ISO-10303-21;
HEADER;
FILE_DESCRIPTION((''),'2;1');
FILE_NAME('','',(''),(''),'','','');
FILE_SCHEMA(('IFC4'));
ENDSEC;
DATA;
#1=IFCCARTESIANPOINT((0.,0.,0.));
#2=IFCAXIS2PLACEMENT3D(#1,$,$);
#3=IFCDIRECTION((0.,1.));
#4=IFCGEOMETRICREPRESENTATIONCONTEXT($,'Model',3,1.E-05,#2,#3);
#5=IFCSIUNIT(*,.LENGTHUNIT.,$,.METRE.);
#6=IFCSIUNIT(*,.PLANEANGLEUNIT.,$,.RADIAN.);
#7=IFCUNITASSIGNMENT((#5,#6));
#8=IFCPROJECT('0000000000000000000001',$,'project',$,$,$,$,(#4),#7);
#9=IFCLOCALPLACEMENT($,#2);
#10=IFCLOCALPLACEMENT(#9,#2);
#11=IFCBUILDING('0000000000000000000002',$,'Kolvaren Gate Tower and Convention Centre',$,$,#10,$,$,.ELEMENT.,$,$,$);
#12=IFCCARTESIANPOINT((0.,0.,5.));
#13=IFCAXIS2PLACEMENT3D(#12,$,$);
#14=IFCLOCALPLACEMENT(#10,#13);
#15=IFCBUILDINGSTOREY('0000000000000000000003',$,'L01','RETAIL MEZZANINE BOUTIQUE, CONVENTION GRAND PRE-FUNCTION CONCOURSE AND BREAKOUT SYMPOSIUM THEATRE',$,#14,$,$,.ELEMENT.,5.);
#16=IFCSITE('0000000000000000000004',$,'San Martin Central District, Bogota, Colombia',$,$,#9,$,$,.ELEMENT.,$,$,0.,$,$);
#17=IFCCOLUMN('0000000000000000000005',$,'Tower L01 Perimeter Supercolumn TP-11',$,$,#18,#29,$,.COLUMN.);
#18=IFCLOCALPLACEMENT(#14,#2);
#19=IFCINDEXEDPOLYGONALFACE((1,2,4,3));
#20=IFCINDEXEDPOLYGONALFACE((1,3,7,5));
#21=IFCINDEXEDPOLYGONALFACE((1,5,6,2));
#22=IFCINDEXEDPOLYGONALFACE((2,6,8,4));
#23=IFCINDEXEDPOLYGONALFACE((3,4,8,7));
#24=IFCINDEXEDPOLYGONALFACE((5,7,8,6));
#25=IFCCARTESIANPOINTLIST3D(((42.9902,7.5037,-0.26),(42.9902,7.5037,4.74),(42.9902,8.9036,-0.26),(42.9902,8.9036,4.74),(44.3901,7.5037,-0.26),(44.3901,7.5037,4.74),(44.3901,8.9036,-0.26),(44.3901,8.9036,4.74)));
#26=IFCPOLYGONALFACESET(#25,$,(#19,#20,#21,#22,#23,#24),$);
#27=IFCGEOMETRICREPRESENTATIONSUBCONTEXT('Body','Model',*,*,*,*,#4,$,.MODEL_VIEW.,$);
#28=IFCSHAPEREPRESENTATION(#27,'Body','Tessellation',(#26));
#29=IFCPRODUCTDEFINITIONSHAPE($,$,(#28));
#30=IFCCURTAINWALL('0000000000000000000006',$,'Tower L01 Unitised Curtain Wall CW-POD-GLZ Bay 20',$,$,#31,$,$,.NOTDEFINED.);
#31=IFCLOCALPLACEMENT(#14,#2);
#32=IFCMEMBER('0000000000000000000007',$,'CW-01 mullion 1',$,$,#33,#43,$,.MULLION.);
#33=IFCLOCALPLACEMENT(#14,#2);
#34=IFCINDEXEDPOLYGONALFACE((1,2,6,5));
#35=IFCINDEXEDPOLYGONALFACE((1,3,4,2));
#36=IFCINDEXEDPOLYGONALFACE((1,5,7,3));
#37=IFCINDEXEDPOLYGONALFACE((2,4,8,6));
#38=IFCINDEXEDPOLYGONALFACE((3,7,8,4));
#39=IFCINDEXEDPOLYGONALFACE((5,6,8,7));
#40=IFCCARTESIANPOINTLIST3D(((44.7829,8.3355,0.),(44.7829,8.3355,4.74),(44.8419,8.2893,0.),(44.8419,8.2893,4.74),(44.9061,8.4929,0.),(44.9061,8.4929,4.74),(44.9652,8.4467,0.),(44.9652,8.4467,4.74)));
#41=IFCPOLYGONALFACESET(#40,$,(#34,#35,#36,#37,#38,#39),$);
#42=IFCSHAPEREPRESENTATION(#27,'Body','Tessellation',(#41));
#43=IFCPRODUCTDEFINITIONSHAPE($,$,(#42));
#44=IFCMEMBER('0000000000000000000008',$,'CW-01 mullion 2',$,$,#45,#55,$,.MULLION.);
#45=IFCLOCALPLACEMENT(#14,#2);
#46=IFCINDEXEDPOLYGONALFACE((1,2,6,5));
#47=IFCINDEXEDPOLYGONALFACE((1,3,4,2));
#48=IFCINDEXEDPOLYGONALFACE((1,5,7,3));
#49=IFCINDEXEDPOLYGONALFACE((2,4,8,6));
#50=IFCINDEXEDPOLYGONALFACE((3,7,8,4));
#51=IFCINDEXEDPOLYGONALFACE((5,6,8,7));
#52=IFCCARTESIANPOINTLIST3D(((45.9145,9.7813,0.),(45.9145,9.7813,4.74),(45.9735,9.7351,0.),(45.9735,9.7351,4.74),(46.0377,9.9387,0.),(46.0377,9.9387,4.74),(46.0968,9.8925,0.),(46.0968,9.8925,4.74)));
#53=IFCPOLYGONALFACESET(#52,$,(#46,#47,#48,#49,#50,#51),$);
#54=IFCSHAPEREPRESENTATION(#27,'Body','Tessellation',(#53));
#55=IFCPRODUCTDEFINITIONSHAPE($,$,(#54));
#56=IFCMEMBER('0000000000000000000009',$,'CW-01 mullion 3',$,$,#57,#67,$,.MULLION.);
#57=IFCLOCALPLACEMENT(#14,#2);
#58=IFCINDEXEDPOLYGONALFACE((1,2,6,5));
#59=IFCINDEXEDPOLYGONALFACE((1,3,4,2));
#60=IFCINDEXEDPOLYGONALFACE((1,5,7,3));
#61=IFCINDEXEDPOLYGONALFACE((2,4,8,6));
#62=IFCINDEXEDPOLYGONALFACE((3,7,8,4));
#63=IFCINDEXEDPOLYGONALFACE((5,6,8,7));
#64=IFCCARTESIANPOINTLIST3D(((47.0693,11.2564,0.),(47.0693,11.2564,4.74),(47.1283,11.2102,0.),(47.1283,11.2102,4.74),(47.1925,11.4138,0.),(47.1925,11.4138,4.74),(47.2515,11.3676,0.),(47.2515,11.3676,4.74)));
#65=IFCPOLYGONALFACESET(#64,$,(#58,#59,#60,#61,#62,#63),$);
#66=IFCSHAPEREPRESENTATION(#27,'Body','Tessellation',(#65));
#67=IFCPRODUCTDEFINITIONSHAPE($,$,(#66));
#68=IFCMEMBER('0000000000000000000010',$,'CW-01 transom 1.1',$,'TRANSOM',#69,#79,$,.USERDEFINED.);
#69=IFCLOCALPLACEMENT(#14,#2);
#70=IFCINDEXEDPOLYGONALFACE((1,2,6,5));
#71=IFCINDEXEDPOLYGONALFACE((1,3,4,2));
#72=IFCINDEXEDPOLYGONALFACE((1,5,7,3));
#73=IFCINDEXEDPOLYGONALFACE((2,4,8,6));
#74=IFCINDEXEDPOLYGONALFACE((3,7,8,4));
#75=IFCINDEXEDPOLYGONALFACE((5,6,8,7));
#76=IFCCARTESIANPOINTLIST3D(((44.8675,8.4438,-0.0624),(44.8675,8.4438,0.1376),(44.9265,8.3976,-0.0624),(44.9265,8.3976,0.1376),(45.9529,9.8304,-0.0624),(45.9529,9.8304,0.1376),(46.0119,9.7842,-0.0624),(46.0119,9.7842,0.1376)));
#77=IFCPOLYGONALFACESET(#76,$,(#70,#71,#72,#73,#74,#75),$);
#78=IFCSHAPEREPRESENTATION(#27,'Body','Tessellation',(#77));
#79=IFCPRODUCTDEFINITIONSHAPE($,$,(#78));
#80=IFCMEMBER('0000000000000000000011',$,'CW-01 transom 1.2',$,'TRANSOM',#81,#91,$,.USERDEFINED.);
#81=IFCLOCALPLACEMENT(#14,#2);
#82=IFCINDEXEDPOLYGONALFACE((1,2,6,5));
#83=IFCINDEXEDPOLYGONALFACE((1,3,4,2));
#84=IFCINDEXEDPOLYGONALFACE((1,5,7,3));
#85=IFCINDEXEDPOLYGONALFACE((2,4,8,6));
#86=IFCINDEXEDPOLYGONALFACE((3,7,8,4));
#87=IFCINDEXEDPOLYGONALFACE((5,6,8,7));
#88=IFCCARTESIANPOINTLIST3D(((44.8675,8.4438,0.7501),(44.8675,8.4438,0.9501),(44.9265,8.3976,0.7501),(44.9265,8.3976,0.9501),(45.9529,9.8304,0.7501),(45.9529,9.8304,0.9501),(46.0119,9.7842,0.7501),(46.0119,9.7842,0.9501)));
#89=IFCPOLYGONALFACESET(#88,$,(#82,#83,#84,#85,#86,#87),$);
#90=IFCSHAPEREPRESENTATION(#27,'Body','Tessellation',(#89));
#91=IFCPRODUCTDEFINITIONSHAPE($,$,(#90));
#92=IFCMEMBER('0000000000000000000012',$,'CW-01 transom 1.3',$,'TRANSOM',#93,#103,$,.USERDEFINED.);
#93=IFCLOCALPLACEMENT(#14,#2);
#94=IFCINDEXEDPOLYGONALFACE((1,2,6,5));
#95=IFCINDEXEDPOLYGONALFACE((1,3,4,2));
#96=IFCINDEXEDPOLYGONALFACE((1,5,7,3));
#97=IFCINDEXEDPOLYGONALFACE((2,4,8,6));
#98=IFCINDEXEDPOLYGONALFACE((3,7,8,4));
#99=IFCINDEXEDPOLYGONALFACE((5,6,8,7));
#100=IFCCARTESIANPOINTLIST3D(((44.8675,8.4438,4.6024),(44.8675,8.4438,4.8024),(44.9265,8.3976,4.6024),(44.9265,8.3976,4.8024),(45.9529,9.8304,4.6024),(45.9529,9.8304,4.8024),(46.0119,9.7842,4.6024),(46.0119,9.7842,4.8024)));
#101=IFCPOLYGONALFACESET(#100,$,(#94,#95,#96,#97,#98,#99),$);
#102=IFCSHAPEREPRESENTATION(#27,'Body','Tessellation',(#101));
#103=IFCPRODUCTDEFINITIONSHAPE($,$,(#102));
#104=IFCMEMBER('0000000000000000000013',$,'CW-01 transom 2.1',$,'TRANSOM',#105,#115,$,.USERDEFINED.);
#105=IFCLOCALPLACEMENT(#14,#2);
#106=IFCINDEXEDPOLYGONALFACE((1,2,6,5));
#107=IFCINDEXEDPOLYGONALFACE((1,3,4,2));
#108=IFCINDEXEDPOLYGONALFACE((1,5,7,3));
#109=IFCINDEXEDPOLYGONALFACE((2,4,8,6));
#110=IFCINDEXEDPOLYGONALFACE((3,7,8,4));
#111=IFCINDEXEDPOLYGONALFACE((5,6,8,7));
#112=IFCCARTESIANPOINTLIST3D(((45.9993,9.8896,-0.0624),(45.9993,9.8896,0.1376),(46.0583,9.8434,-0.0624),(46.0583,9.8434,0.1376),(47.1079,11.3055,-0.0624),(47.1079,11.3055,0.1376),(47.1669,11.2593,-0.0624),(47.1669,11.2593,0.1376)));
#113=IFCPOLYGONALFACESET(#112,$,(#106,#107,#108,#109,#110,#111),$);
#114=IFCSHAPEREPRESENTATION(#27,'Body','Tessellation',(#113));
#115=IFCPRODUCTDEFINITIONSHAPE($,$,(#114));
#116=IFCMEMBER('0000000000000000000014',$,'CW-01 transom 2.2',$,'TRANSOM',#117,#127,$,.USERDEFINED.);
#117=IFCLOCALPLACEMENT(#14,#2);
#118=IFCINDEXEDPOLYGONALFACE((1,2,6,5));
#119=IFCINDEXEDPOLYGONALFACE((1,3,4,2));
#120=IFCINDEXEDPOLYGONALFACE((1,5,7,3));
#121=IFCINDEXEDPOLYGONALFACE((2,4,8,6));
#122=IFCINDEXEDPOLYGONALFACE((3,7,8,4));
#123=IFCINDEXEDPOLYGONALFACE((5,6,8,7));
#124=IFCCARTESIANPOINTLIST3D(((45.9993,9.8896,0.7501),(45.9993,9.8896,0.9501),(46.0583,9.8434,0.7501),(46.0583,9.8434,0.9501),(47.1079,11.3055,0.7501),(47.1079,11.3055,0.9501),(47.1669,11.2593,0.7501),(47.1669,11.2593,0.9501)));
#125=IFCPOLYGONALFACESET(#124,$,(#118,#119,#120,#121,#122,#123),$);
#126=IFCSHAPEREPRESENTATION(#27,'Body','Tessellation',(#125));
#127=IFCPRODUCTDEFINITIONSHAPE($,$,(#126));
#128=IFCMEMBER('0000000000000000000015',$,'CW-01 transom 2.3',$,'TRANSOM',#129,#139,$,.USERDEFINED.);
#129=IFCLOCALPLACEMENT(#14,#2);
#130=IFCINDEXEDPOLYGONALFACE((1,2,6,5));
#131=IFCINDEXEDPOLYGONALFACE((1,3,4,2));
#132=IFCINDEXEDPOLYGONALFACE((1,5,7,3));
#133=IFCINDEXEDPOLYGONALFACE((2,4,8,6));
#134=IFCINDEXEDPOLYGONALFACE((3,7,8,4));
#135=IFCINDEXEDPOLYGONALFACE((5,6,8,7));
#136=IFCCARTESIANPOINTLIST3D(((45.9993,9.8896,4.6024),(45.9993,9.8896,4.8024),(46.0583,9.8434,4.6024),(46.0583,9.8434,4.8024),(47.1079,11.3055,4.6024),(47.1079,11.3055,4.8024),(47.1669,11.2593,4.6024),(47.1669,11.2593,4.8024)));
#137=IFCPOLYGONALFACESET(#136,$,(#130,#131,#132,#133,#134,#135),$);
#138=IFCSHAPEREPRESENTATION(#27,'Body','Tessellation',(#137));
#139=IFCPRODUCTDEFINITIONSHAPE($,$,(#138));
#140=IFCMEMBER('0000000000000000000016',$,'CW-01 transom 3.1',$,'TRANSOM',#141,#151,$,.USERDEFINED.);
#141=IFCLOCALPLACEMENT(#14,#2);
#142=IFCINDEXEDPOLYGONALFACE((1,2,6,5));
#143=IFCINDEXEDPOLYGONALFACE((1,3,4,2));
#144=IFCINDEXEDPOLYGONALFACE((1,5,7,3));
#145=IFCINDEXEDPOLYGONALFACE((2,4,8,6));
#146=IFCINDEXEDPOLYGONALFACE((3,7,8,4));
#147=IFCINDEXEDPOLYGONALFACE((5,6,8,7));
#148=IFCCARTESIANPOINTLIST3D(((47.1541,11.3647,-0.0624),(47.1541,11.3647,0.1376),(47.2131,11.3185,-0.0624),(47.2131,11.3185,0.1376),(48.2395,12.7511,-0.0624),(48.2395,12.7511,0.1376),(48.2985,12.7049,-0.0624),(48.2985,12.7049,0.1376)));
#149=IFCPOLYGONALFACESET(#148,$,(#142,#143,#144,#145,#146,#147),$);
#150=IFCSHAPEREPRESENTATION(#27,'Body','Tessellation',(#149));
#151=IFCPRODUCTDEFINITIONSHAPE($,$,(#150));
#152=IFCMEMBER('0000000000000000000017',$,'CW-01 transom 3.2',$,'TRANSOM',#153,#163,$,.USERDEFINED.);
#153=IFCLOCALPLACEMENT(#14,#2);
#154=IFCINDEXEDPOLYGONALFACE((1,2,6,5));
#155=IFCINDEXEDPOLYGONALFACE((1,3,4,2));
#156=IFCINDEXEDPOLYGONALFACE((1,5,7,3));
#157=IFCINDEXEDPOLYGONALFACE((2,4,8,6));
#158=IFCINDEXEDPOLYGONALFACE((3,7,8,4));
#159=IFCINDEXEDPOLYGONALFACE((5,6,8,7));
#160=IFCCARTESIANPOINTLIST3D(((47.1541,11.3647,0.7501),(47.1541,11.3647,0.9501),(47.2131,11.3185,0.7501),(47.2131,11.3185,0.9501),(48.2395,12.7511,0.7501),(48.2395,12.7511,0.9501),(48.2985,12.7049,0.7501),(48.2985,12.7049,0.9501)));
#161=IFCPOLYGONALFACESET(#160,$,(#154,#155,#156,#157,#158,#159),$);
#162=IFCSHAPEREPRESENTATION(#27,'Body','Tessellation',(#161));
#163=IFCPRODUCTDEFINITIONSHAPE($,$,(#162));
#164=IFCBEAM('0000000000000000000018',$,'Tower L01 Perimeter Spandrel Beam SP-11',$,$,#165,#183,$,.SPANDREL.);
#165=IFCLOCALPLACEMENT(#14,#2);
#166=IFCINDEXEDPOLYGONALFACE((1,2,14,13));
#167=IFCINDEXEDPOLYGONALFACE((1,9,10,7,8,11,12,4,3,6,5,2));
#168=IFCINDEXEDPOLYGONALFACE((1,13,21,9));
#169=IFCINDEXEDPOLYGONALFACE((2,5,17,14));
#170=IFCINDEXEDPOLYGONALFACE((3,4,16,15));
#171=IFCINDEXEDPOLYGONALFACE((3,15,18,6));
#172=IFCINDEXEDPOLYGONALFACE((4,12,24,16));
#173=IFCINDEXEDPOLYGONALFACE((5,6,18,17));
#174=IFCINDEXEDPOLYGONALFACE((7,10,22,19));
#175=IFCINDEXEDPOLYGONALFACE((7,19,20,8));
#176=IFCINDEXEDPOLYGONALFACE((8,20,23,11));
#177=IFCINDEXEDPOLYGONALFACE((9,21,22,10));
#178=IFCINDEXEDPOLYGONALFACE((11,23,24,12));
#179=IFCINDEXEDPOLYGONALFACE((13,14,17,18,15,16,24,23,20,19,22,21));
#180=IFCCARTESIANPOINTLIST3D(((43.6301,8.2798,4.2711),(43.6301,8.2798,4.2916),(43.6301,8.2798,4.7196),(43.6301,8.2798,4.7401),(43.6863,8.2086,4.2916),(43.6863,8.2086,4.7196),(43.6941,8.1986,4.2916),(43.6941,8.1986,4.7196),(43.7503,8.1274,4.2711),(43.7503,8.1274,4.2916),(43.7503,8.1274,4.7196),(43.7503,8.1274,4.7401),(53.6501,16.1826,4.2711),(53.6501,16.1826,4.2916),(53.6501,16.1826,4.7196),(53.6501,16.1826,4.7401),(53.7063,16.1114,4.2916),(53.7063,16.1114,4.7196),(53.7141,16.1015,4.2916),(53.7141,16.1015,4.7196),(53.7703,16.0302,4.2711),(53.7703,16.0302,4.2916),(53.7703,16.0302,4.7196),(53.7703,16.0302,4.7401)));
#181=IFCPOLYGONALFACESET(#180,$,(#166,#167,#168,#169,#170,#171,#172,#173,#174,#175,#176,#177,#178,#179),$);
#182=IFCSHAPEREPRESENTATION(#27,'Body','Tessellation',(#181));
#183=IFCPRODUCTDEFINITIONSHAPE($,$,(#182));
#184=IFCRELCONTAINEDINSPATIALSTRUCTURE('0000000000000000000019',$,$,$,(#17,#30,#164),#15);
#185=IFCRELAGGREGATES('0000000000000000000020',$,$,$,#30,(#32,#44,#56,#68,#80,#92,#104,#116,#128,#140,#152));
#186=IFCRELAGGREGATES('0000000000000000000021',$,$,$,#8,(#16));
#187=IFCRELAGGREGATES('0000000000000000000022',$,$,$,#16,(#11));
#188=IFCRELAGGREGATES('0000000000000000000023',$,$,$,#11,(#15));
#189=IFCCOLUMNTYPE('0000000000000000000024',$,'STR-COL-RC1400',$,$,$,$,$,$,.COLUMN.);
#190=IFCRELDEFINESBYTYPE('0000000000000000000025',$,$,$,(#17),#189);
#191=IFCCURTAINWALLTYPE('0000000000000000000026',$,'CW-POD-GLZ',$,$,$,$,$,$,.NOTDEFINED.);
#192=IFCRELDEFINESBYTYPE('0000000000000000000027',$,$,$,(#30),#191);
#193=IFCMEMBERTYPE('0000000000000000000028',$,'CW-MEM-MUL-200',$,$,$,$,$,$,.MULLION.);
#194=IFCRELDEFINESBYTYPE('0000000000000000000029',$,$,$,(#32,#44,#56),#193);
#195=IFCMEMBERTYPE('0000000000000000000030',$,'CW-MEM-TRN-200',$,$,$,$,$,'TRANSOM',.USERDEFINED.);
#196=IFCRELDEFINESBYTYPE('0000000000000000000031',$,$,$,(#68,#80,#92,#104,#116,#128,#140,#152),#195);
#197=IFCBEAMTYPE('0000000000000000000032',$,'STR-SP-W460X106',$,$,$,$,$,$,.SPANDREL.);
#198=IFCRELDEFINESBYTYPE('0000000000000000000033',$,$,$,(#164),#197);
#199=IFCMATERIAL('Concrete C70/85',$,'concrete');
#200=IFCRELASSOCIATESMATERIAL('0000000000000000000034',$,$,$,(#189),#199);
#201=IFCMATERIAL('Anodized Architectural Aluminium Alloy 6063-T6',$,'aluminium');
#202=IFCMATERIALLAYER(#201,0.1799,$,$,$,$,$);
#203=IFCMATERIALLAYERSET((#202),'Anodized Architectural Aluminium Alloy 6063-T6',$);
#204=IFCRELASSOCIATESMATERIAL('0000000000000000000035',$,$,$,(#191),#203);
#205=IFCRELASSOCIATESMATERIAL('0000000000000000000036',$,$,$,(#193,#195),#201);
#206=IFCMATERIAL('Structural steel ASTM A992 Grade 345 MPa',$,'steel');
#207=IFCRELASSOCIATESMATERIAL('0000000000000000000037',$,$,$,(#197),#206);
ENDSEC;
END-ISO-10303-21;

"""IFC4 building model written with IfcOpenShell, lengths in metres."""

from ifc_helpers import new_model, si_unit, direction, frame, origin, origin_2d, place, context, subcontext, project, spatial, rectangle, i_section, extrude, material, layer, layer_set, material_profile, profile_set, type_object, element, aggregate, save


model = new_model("IFC4")

# Units and contexts
model_context = context("Model", 3, precision=1e-05, world=origin(), true_north=direction((0.0, 1.0)))
body_context = subcontext(model_context, "Body", "Model", "MODEL_VIEW")
ifc_project = project(units=[si_unit("LENGTHUNIT", "METRE"), si_unit("PLANEANGLEUNIT", "RADIAN")], contexts=[model_context])

# Site, building, storey
site_placement = place(None, origin())
site = spatial("IfcSite", under=ifc_project, at=site_placement, Name="San Martin Central District, Bogota, Colombia", CompositionType="ELEMENT", RefElevation=0.0)
building_placement = place(site_placement, origin())
building = spatial("IfcBuilding", under=site, at=building_placement, Name="Kolvaren Gate Tower and Convention Centre", CompositionType="ELEMENT")
storey_placement = place(building_placement, frame((0.0, 0.0, 5.0)))
storey = spatial("IfcBuildingStorey", under=building, at=storey_placement, Name="L01", Description="RETAIL MEZZANINE BOUTIQUE, CONVENTION GRAND PRE-FUNCTION CONCOURSE AND BREAKOUT SYMPOSIUM THEATRE", CompositionType="ELEMENT", Elevation=5.0)

# Column
ifc_material_1 = material(Name="Concrete C70/85", Category="concrete")
ifc_material_profile_1 = material_profile(ifc_material_1, rectangle(XDim=1.3999, YDim=1.3999, at=origin_2d()), Name="RC-COL-1400X1400")
ifc_profile_set_1 = profile_set([ifc_material_profile_1], Name="Concrete C70/85")
column_type = type_object("IfcColumnType", Name="STR-COL-RC1400", PredefinedType="COLUMN", material=ifc_profile_set_1)
column_placement = place(storey_placement, frame((43.6902, 8.2036, -0.26), z_axis=(0.0, 0.0, 1.0), x_axis=(1.0, 0.0, 0.0)))
element("IfcColumn", 1, at=column_placement, inside=storey, type_object=column_type, Name="Tower L01 Perimeter Supercolumn TP-11", PredefinedType="COLUMN", context=body_context, shape_type="SweptSolid", body=[
    extrude(rectangle(XDim=1.3999, YDim=1.3999, at=origin_2d()), origin(), (0.0, 0.0, 1.0), 5.0),
])

# Curtain wall, members
ifc_material_2 = material(Name="Anodized Architectural Aluminium Alloy 6063-T6", Category="aluminium")
ifc_layer_1 = layer(ifc_material_2, 0.1799)
ifc_layer_set_1 = layer_set([ifc_layer_1], Name="Anodized Architectural Aluminium Alloy 6063-T6")
curtain_wall_type = type_object("IfcCurtainWallType", Name="CW-POD-GLZ", PredefinedType="NOTDEFINED", material=ifc_layer_set_1)
curtain_wall_placement = place(storey_placement, origin())
curtain_wall = element("IfcCurtainWall", 2, at=curtain_wall_placement, inside=storey, type_object=curtain_wall_type, Name="Tower L01 Unitised Curtain Wall CW-POD-GLZ Bay 20", PredefinedType="NOTDEFINED")
ifc_material_profile_2 = material_profile(ifc_material_2, rectangle(XDim=0.075, YDim=0.2, at=origin_2d()), Name="CW-MEM-MUL-200")
ifc_profile_set_2 = profile_set([ifc_material_profile_2], Name="Anodized Architectural Aluminium Alloy 6063-T6")
member_type_1 = type_object("IfcMemberType", Name="CW-MEM-MUL-200", PredefinedType="MULLION", material=ifc_profile_set_2)
member_1_placement = place(storey_placement, frame((44.874, 8.3911, 0.0), z_axis=(0.0, 0.0, 1.0), x_axis=(-0.787413, 0.616426, 0.0)))
member_1 = element("IfcMember", 3, at=member_1_placement, type_object=member_type_1, Name="CW-01 mullion 1", PredefinedType="MULLION", context=body_context, shape_type="SweptSolid", body=[
    extrude(rectangle(XDim=0.075, YDim=0.2, at=origin_2d()), origin(), (0.0, 0.0, 1.0), 4.74),
])
member_2_placement = place(storey_placement, frame((46.0056, 9.8369, 0.0), z_axis=(0.0, 0.0, 1.0), x_axis=(-0.787413, 0.616426, 0.0)))
member_2 = element("IfcMember", 4, at=member_2_placement, type_object=member_type_1, Name="CW-01 mullion 2", PredefinedType="MULLION", context=body_context, shape_type="SweptSolid", body=[
    extrude(rectangle(XDim=0.075, YDim=0.2, at=origin_2d()), origin(), (0.0, 0.0, 1.0), 4.74),
])
member_3_placement = place(storey_placement, frame((47.1604, 11.312, 0.0), z_axis=(0.0, 0.0, 1.0), x_axis=(-0.787413, 0.616426, 0.0)))
member_3 = element("IfcMember", 5, at=member_3_placement, type_object=member_type_1, Name="CW-01 mullion 3", PredefinedType="MULLION", context=body_context, shape_type="SweptSolid", body=[
    extrude(rectangle(XDim=0.075, YDim=0.2, at=origin_2d()), origin(), (0.0, 0.0, 1.0), 4.74),
])
ifc_material_profile_3 = material_profile(ifc_material_2, rectangle(XDim=0.075, YDim=0.2, at=origin_2d()), Name="CW-MEM-TRN-200")
ifc_profile_set_3 = profile_set([ifc_material_profile_3], Name="Anodized Architectural Aluminium Alloy 6063-T6")
member_type_2 = type_object("IfcMemberType", Name="CW-MEM-TRN-200", ElementType="TRANSOM", PredefinedType="USERDEFINED", material=ifc_profile_set_3)
member_4_placement = place(storey_placement, frame((44.897, 8.4207, 0.0376), z_axis=(0.616376, 0.787452, 0.0), x_axis=(-0.787452, 0.616376, 0.0)))
member_4 = element("IfcMember", 6, at=member_4_placement, type_object=member_type_2, Name="CW-01 transom 1.1", ObjectType="TRANSOM", PredefinedType="USERDEFINED", context=body_context, shape_type="SweptSolid", body=[
    extrude(rectangle(XDim=0.075, YDim=0.2, at=origin_2d()), origin(), (0.0, 0.0, 1.0), 1.761),
])
member_5_placement = place(storey_placement, frame((44.897, 8.4207, 0.8501), z_axis=(0.616376, 0.787452, 0.0), x_axis=(-0.787452, 0.616376, 0.0)))
member_5 = element("IfcMember", 7, at=member_5_placement, type_object=member_type_2, Name="CW-01 transom 1.2", ObjectType="TRANSOM", PredefinedType="USERDEFINED", context=body_context, shape_type="SweptSolid", body=[
    extrude(rectangle(XDim=0.075, YDim=0.2, at=origin_2d()), origin(), (0.0, 0.0, 1.0), 1.761),
])
member_6_placement = place(storey_placement, frame((44.897, 8.4207, 4.7024), z_axis=(0.616376, 0.787452, 0.0), x_axis=(-0.787452, 0.616376, 0.0)))
member_6 = element("IfcMember", 8, at=member_6_placement, type_object=member_type_2, Name="CW-01 transom 1.3", ObjectType="TRANSOM", PredefinedType="USERDEFINED", context=body_context, shape_type="SweptSolid", body=[
    extrude(rectangle(XDim=0.075, YDim=0.2, at=origin_2d()), origin(), (0.0, 0.0, 1.0), 1.761),
])
member_7_placement = place(storey_placement, frame((46.0288, 9.8665, 0.0376), z_axis=(0.616466, 0.787382, 0.0), x_axis=(-0.787382, 0.616466, 0.0)))
member_7 = element("IfcMember", 9, at=member_7_placement, type_object=member_type_2, Name="CW-01 transom 2.1", ObjectType="TRANSOM", PredefinedType="USERDEFINED", context=body_context, shape_type="SweptSolid", body=[
    extrude(rectangle(XDim=0.075, YDim=0.2, at=origin_2d()), origin(), (0.0, 0.0, 1.0), 1.7983),
])
member_8_placement = place(storey_placement, frame((46.0288, 9.8665, 0.8501), z_axis=(0.616466, 0.787382, 0.0), x_axis=(-0.787382, 0.616466, 0.0)))
member_8 = element("IfcMember", 10, at=member_8_placement, type_object=member_type_2, Name="CW-01 transom 2.2", ObjectType="TRANSOM", PredefinedType="USERDEFINED", context=body_context, shape_type="SweptSolid", body=[
    extrude(rectangle(XDim=0.075, YDim=0.2, at=origin_2d()), origin(), (0.0, 0.0, 1.0), 1.7983),
])
member_9_placement = place(storey_placement, frame((46.0288, 9.8665, 4.7024), z_axis=(0.616466, 0.787382, 0.0), x_axis=(-0.787382, 0.616466, 0.0)))
member_9 = element("IfcMember", 11, at=member_9_placement, type_object=member_type_2, Name="CW-01 transom 2.3", ObjectType="TRANSOM", PredefinedType="USERDEFINED", context=body_context, shape_type="SweptSolid", body=[
    extrude(rectangle(XDim=0.075, YDim=0.2, at=origin_2d()), origin(), (0.0, 0.0, 1.0), 1.7983),
])
member_10_placement = place(storey_placement, frame((47.1836, 11.3416, 0.0376), z_axis=(0.616443, 0.7874, 0.0), x_axis=(-0.7874, 0.616443, 0.0)))
member_10 = element("IfcMember", 12, at=member_10_placement, type_object=member_type_2, Name="CW-01 transom 3.1", ObjectType="TRANSOM", PredefinedType="USERDEFINED", context=body_context, shape_type="SweptSolid", body=[
    extrude(rectangle(XDim=0.075, YDim=0.2, at=origin_2d()), origin(), (0.0, 0.0, 1.0), 1.7607),
])
member_11_placement = place(storey_placement, frame((47.1836, 11.3416, 0.8501), z_axis=(0.616443, 0.7874, 0.0), x_axis=(-0.7874, 0.616443, 0.0)))
member_11 = element("IfcMember", 13, at=member_11_placement, type_object=member_type_2, Name="CW-01 transom 3.2", ObjectType="TRANSOM", PredefinedType="USERDEFINED", context=body_context, shape_type="SweptSolid", body=[
    extrude(rectangle(XDim=0.075, YDim=0.2, at=origin_2d()), origin(), (0.0, 0.0, 1.0), 1.7607),
])

# Beam
ifc_material_3 = material(Name="Structural steel ASTM A992 Grade 345 MPa", Category="steel")
ifc_material_profile_4 = material_profile(ifc_material_3, i_section(OverallWidth=0.1941, OverallDepth=0.469, WebThickness=0.0127, FlangeThickness=0.0205, at=origin_2d()), Name="W460X106")
ifc_profile_set_4 = profile_set([ifc_material_profile_4], Name="Structural steel ASTM A992 Grade 345 MPa")
beam_type = type_object("IfcBeamType", Name="STR-SP-W460X106", PredefinedType="SPANDREL", material=ifc_profile_set_4)
beam_placement = place(storey_placement, frame((43.6902, 8.2036, 4.5056), z_axis=(0.785176, 0.619272, 0.0), x_axis=(-0.619272, 0.785176, 0.0)))
element("IfcBeam", 14, at=beam_placement, inside=storey, type_object=beam_type, Name="Tower L01 Perimeter Spandrel Beam SP-11", PredefinedType="SPANDREL", context=body_context, shape_type="SweptSolid", body=[
    extrude(i_section(OverallWidth=0.1941, OverallDepth=0.469, WebThickness=0.0127, FlangeThickness=0.0205, at=origin_2d()), origin(), (0.0, 0.0, 1.0), 12.7615),
])

aggregate(curtain_wall, [member_1, member_2, member_3, member_4, member_5, member_6, member_7, member_8, member_9, member_10, member_11])

save(model, "model.ifc")
